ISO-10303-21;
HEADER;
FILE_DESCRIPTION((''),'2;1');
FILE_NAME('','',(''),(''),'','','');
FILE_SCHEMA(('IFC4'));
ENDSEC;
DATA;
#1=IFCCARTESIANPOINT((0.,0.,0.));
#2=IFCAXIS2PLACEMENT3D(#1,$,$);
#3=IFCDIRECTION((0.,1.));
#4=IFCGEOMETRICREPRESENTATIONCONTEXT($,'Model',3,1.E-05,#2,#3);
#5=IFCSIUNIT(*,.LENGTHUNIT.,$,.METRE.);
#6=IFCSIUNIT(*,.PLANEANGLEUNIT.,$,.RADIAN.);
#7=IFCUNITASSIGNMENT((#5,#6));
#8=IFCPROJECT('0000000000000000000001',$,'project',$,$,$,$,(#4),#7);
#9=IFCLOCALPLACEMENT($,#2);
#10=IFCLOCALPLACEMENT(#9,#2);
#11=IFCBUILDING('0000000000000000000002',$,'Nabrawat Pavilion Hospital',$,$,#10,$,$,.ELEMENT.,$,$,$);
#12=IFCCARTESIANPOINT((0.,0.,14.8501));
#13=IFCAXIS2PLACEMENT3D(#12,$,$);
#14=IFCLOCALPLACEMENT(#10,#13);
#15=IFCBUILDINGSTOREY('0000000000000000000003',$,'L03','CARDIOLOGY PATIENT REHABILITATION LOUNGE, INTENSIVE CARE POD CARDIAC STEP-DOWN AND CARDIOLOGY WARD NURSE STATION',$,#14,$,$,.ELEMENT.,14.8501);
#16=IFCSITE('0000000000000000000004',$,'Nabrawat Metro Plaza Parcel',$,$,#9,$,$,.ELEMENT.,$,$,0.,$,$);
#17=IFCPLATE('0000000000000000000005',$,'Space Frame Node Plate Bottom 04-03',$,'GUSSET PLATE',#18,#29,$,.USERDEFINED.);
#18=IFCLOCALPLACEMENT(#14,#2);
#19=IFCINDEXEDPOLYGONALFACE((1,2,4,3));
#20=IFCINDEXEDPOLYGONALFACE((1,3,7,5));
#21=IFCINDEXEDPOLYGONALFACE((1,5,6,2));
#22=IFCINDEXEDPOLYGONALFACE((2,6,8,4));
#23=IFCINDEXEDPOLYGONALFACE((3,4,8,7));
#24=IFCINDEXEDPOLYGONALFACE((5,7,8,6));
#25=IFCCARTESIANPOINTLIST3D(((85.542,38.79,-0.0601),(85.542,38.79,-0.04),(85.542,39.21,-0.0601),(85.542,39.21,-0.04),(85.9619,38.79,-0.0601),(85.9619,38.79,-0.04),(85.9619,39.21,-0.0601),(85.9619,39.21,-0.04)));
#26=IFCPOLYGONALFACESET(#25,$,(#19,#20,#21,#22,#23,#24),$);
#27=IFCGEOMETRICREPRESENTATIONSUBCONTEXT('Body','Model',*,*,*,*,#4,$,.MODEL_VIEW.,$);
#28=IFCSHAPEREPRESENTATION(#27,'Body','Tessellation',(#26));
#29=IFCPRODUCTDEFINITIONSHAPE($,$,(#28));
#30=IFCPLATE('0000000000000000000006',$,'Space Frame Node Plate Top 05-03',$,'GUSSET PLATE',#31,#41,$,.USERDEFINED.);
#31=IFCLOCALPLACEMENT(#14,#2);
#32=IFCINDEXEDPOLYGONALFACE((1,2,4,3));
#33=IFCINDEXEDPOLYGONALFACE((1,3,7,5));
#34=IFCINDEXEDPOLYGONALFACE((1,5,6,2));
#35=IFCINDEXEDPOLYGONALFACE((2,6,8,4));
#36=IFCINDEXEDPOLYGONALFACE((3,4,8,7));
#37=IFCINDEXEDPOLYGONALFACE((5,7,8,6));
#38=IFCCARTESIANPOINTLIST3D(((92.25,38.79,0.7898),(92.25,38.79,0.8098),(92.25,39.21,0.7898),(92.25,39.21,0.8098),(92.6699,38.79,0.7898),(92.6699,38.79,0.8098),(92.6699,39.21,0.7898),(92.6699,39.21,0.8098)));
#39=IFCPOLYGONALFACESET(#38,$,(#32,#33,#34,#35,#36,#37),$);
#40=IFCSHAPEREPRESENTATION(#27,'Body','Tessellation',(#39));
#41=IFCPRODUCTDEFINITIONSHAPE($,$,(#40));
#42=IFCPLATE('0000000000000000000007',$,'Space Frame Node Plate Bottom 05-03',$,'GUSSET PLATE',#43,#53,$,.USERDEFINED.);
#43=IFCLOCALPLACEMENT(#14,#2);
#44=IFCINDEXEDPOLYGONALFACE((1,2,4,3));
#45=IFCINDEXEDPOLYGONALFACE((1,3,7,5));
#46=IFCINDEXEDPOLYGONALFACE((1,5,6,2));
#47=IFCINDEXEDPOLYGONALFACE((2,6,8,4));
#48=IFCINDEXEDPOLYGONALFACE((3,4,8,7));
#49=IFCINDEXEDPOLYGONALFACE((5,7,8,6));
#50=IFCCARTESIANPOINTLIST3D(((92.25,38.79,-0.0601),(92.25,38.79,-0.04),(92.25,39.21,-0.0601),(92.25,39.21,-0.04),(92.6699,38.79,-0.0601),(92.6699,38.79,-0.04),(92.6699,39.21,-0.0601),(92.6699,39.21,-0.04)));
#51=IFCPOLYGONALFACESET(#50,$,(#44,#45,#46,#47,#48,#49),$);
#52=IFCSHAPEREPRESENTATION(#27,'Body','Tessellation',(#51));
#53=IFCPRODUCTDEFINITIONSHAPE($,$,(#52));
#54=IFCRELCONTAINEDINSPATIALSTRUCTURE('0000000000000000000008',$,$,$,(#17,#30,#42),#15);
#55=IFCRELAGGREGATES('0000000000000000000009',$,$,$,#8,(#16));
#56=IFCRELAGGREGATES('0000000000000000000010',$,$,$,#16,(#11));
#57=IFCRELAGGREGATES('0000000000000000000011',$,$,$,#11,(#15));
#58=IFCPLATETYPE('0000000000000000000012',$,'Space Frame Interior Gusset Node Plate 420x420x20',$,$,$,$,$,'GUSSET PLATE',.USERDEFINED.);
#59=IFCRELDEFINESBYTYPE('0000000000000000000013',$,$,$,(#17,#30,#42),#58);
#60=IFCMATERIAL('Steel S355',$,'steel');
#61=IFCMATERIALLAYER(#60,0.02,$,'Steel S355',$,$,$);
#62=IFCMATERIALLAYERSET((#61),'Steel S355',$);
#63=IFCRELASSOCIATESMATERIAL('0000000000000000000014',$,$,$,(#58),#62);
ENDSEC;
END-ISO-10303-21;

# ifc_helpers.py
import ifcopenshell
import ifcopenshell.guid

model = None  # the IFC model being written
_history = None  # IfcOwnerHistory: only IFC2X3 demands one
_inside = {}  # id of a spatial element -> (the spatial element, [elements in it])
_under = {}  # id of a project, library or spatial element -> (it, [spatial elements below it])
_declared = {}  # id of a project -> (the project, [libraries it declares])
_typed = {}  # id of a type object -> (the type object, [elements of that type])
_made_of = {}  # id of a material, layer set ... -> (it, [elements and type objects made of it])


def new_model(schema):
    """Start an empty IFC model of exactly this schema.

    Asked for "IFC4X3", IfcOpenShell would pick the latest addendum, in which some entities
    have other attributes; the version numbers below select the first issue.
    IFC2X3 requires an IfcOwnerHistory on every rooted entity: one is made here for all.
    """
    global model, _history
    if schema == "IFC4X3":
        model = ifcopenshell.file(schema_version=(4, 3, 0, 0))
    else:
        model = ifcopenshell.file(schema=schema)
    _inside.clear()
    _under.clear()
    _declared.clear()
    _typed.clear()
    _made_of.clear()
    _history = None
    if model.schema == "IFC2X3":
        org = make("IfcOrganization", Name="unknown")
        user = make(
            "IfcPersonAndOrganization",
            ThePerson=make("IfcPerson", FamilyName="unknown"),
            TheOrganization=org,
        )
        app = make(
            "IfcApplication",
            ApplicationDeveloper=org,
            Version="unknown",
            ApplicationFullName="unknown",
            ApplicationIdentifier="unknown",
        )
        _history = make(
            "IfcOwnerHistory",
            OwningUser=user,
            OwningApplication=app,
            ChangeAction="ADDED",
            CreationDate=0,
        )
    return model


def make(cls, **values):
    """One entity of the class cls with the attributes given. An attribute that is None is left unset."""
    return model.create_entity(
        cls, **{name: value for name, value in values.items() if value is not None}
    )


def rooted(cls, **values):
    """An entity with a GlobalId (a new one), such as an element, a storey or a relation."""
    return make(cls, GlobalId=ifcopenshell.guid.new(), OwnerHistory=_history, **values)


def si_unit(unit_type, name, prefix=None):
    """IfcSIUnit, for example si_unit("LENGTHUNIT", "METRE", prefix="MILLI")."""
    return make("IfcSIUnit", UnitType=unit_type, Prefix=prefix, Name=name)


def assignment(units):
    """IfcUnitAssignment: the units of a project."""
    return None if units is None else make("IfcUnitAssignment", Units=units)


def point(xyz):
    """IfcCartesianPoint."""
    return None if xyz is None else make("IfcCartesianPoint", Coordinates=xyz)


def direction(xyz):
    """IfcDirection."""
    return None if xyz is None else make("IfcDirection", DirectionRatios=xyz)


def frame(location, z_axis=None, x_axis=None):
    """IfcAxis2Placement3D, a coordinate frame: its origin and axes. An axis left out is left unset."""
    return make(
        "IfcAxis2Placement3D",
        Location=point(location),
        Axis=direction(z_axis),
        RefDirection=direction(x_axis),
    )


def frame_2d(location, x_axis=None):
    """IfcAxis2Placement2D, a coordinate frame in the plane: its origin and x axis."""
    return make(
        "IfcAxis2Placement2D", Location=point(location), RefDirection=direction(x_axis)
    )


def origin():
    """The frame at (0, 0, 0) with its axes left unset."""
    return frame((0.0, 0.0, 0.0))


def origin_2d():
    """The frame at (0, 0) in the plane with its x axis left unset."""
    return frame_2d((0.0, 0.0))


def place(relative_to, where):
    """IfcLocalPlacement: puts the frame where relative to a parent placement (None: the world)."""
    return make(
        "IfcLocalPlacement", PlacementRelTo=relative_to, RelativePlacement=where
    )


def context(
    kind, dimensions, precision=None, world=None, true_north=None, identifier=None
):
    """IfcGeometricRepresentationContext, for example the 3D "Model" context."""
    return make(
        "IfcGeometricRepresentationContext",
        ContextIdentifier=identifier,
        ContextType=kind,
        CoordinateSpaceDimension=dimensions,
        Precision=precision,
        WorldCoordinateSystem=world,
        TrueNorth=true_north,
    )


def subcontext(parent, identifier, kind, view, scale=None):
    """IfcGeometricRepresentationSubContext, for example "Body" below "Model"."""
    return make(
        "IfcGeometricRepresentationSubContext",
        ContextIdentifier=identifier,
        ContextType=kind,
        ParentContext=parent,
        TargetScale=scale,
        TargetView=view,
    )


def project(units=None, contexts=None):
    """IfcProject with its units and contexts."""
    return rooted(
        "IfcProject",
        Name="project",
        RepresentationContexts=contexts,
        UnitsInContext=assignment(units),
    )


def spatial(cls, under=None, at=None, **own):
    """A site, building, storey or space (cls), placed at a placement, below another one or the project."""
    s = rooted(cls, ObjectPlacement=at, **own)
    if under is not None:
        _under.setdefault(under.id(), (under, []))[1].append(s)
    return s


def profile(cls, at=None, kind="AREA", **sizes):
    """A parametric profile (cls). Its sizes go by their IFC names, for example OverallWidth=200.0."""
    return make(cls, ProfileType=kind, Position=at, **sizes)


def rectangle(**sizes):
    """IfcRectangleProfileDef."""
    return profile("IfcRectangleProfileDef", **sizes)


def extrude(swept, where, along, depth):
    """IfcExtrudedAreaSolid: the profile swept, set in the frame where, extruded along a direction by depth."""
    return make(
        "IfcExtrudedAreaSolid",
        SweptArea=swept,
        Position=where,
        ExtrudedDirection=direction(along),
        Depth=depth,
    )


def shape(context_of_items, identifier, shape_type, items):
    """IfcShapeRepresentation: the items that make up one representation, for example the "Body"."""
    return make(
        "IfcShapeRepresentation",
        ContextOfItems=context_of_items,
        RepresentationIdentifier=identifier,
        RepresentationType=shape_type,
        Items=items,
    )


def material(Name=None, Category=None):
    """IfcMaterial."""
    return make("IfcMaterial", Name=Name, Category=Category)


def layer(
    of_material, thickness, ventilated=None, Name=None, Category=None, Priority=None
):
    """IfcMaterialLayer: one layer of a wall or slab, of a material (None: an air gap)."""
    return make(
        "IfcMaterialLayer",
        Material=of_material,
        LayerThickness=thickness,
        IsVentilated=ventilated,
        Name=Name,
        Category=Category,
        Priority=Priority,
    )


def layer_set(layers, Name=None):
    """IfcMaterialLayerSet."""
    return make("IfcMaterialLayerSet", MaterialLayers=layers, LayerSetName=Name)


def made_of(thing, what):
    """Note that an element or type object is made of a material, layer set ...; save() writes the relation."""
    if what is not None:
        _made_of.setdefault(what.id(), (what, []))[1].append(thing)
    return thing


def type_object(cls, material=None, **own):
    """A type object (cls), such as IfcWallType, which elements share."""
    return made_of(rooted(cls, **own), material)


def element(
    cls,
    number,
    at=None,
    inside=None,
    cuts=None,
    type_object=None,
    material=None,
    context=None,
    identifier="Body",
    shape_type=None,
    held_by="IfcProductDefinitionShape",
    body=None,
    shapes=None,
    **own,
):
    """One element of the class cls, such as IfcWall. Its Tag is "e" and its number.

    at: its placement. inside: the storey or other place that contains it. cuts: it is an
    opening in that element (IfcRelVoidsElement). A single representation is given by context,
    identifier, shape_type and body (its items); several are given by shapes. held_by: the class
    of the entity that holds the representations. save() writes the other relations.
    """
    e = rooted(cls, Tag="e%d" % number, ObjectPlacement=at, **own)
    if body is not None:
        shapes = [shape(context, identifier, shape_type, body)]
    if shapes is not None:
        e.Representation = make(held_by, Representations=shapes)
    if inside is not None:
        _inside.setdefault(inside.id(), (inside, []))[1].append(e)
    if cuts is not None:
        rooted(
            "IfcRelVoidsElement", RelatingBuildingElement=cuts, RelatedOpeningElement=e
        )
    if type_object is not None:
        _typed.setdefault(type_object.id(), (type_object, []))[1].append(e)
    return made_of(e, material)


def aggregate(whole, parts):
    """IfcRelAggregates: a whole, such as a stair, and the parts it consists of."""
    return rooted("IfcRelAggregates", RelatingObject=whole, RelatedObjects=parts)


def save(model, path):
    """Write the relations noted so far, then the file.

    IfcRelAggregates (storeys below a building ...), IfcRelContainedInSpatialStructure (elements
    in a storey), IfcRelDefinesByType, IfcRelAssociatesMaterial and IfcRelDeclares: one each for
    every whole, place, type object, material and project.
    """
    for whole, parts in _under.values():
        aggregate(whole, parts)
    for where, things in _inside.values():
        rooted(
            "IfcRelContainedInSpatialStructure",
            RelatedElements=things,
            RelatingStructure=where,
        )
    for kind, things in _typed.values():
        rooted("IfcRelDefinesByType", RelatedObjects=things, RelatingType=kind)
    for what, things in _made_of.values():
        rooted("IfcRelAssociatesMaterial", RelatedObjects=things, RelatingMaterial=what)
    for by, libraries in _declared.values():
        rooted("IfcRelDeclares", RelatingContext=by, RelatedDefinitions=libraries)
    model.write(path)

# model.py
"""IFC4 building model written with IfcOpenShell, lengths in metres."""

from ifc_helpers import new_model, si_unit, direction, frame, origin, origin_2d, place, context, subcontext, project, spatial, rectangle, extrude, material, layer, layer_set, type_object, element, save


model = new_model("IFC4")

# Units and contexts
model_context = context("Model", 3, precision=1e-05, world=origin(), true_north=direction((0.0, 1.0)))
body_context = subcontext(model_context, "Body", "Model", "MODEL_VIEW")
ifc_project = project(units=[si_unit("LENGTHUNIT", "METRE"), si_unit("PLANEANGLEUNIT", "RADIAN")], contexts=[model_context])

# Site, building, storey
site_placement = place(None, origin())
site = spatial("IfcSite", under=ifc_project, at=site_placement, Name="Nabrawat Metro Plaza Parcel", CompositionType="ELEMENT", RefElevation=0.0)
building_placement = place(site_placement, origin())
building = spatial("IfcBuilding", under=site, at=building_placement, Name="Nabrawat Pavilion Hospital", CompositionType="ELEMENT")
storey_placement = place(building_placement, frame((0.0, 0.0, 14.8501)))
storey = spatial("IfcBuildingStorey", under=building, at=storey_placement, Name="L03", Description="CARDIOLOGY PATIENT REHABILITATION LOUNGE, INTENSIVE CARE POD CARDIAC STEP-DOWN AND CARDIOLOGY WARD NURSE STATION", CompositionType="ELEMENT", Elevation=14.8501)

# Shared definitions
ifc_material_1 = material(Name="Steel S355", Category="steel")

# Plates
ifc_layer_1 = layer(ifc_material_1, 0.02, Name="Steel S355")
ifc_layer_set_1 = layer_set([ifc_layer_1], Name="Steel S355")
plate_type_1 = type_object("IfcPlateType", Name="Space Frame Interior Gusset Node Plate 420x420x20", ElementType="GUSSET PLATE", PredefinedType="USERDEFINED", material=ifc_layer_set_1)
for number, where, z_axis, x_axis, name in (
    (1, (85.752, 39.0, -0.0601), (0.0, 0.0, 1.0), (1.0, 0.0, 0.0), "Space Frame Node Plate Bottom 04-03"),
    (2, (92.46, 39.0, 0.7898), (0.0, 0.0, 1.0), (1.0, 0.0, 0.0), "Space Frame Node Plate Top 05-03"),
    (3, (92.46, 39.0, -0.0601), (0.0, 0.0, 1.0), (1.0, 0.0, 0.0), "Space Frame Node Plate Bottom 05-03"),
):
    element("IfcPlate", number, at=place(storey_placement, frame(where, z_axis=z_axis, x_axis=x_axis)), inside=storey, type_object=plate_type_1, Name=name, ObjectType="GUSSET PLATE", PredefinedType="USERDEFINED", context=body_context, shape_type="SweptSolid", body=[
        extrude(rectangle(XDim=0.4199, YDim=0.4199, at=origin_2d()), origin(), (0.0, 0.0, 1.0), 0.02),
    ])

save(model, "model.ifc")
